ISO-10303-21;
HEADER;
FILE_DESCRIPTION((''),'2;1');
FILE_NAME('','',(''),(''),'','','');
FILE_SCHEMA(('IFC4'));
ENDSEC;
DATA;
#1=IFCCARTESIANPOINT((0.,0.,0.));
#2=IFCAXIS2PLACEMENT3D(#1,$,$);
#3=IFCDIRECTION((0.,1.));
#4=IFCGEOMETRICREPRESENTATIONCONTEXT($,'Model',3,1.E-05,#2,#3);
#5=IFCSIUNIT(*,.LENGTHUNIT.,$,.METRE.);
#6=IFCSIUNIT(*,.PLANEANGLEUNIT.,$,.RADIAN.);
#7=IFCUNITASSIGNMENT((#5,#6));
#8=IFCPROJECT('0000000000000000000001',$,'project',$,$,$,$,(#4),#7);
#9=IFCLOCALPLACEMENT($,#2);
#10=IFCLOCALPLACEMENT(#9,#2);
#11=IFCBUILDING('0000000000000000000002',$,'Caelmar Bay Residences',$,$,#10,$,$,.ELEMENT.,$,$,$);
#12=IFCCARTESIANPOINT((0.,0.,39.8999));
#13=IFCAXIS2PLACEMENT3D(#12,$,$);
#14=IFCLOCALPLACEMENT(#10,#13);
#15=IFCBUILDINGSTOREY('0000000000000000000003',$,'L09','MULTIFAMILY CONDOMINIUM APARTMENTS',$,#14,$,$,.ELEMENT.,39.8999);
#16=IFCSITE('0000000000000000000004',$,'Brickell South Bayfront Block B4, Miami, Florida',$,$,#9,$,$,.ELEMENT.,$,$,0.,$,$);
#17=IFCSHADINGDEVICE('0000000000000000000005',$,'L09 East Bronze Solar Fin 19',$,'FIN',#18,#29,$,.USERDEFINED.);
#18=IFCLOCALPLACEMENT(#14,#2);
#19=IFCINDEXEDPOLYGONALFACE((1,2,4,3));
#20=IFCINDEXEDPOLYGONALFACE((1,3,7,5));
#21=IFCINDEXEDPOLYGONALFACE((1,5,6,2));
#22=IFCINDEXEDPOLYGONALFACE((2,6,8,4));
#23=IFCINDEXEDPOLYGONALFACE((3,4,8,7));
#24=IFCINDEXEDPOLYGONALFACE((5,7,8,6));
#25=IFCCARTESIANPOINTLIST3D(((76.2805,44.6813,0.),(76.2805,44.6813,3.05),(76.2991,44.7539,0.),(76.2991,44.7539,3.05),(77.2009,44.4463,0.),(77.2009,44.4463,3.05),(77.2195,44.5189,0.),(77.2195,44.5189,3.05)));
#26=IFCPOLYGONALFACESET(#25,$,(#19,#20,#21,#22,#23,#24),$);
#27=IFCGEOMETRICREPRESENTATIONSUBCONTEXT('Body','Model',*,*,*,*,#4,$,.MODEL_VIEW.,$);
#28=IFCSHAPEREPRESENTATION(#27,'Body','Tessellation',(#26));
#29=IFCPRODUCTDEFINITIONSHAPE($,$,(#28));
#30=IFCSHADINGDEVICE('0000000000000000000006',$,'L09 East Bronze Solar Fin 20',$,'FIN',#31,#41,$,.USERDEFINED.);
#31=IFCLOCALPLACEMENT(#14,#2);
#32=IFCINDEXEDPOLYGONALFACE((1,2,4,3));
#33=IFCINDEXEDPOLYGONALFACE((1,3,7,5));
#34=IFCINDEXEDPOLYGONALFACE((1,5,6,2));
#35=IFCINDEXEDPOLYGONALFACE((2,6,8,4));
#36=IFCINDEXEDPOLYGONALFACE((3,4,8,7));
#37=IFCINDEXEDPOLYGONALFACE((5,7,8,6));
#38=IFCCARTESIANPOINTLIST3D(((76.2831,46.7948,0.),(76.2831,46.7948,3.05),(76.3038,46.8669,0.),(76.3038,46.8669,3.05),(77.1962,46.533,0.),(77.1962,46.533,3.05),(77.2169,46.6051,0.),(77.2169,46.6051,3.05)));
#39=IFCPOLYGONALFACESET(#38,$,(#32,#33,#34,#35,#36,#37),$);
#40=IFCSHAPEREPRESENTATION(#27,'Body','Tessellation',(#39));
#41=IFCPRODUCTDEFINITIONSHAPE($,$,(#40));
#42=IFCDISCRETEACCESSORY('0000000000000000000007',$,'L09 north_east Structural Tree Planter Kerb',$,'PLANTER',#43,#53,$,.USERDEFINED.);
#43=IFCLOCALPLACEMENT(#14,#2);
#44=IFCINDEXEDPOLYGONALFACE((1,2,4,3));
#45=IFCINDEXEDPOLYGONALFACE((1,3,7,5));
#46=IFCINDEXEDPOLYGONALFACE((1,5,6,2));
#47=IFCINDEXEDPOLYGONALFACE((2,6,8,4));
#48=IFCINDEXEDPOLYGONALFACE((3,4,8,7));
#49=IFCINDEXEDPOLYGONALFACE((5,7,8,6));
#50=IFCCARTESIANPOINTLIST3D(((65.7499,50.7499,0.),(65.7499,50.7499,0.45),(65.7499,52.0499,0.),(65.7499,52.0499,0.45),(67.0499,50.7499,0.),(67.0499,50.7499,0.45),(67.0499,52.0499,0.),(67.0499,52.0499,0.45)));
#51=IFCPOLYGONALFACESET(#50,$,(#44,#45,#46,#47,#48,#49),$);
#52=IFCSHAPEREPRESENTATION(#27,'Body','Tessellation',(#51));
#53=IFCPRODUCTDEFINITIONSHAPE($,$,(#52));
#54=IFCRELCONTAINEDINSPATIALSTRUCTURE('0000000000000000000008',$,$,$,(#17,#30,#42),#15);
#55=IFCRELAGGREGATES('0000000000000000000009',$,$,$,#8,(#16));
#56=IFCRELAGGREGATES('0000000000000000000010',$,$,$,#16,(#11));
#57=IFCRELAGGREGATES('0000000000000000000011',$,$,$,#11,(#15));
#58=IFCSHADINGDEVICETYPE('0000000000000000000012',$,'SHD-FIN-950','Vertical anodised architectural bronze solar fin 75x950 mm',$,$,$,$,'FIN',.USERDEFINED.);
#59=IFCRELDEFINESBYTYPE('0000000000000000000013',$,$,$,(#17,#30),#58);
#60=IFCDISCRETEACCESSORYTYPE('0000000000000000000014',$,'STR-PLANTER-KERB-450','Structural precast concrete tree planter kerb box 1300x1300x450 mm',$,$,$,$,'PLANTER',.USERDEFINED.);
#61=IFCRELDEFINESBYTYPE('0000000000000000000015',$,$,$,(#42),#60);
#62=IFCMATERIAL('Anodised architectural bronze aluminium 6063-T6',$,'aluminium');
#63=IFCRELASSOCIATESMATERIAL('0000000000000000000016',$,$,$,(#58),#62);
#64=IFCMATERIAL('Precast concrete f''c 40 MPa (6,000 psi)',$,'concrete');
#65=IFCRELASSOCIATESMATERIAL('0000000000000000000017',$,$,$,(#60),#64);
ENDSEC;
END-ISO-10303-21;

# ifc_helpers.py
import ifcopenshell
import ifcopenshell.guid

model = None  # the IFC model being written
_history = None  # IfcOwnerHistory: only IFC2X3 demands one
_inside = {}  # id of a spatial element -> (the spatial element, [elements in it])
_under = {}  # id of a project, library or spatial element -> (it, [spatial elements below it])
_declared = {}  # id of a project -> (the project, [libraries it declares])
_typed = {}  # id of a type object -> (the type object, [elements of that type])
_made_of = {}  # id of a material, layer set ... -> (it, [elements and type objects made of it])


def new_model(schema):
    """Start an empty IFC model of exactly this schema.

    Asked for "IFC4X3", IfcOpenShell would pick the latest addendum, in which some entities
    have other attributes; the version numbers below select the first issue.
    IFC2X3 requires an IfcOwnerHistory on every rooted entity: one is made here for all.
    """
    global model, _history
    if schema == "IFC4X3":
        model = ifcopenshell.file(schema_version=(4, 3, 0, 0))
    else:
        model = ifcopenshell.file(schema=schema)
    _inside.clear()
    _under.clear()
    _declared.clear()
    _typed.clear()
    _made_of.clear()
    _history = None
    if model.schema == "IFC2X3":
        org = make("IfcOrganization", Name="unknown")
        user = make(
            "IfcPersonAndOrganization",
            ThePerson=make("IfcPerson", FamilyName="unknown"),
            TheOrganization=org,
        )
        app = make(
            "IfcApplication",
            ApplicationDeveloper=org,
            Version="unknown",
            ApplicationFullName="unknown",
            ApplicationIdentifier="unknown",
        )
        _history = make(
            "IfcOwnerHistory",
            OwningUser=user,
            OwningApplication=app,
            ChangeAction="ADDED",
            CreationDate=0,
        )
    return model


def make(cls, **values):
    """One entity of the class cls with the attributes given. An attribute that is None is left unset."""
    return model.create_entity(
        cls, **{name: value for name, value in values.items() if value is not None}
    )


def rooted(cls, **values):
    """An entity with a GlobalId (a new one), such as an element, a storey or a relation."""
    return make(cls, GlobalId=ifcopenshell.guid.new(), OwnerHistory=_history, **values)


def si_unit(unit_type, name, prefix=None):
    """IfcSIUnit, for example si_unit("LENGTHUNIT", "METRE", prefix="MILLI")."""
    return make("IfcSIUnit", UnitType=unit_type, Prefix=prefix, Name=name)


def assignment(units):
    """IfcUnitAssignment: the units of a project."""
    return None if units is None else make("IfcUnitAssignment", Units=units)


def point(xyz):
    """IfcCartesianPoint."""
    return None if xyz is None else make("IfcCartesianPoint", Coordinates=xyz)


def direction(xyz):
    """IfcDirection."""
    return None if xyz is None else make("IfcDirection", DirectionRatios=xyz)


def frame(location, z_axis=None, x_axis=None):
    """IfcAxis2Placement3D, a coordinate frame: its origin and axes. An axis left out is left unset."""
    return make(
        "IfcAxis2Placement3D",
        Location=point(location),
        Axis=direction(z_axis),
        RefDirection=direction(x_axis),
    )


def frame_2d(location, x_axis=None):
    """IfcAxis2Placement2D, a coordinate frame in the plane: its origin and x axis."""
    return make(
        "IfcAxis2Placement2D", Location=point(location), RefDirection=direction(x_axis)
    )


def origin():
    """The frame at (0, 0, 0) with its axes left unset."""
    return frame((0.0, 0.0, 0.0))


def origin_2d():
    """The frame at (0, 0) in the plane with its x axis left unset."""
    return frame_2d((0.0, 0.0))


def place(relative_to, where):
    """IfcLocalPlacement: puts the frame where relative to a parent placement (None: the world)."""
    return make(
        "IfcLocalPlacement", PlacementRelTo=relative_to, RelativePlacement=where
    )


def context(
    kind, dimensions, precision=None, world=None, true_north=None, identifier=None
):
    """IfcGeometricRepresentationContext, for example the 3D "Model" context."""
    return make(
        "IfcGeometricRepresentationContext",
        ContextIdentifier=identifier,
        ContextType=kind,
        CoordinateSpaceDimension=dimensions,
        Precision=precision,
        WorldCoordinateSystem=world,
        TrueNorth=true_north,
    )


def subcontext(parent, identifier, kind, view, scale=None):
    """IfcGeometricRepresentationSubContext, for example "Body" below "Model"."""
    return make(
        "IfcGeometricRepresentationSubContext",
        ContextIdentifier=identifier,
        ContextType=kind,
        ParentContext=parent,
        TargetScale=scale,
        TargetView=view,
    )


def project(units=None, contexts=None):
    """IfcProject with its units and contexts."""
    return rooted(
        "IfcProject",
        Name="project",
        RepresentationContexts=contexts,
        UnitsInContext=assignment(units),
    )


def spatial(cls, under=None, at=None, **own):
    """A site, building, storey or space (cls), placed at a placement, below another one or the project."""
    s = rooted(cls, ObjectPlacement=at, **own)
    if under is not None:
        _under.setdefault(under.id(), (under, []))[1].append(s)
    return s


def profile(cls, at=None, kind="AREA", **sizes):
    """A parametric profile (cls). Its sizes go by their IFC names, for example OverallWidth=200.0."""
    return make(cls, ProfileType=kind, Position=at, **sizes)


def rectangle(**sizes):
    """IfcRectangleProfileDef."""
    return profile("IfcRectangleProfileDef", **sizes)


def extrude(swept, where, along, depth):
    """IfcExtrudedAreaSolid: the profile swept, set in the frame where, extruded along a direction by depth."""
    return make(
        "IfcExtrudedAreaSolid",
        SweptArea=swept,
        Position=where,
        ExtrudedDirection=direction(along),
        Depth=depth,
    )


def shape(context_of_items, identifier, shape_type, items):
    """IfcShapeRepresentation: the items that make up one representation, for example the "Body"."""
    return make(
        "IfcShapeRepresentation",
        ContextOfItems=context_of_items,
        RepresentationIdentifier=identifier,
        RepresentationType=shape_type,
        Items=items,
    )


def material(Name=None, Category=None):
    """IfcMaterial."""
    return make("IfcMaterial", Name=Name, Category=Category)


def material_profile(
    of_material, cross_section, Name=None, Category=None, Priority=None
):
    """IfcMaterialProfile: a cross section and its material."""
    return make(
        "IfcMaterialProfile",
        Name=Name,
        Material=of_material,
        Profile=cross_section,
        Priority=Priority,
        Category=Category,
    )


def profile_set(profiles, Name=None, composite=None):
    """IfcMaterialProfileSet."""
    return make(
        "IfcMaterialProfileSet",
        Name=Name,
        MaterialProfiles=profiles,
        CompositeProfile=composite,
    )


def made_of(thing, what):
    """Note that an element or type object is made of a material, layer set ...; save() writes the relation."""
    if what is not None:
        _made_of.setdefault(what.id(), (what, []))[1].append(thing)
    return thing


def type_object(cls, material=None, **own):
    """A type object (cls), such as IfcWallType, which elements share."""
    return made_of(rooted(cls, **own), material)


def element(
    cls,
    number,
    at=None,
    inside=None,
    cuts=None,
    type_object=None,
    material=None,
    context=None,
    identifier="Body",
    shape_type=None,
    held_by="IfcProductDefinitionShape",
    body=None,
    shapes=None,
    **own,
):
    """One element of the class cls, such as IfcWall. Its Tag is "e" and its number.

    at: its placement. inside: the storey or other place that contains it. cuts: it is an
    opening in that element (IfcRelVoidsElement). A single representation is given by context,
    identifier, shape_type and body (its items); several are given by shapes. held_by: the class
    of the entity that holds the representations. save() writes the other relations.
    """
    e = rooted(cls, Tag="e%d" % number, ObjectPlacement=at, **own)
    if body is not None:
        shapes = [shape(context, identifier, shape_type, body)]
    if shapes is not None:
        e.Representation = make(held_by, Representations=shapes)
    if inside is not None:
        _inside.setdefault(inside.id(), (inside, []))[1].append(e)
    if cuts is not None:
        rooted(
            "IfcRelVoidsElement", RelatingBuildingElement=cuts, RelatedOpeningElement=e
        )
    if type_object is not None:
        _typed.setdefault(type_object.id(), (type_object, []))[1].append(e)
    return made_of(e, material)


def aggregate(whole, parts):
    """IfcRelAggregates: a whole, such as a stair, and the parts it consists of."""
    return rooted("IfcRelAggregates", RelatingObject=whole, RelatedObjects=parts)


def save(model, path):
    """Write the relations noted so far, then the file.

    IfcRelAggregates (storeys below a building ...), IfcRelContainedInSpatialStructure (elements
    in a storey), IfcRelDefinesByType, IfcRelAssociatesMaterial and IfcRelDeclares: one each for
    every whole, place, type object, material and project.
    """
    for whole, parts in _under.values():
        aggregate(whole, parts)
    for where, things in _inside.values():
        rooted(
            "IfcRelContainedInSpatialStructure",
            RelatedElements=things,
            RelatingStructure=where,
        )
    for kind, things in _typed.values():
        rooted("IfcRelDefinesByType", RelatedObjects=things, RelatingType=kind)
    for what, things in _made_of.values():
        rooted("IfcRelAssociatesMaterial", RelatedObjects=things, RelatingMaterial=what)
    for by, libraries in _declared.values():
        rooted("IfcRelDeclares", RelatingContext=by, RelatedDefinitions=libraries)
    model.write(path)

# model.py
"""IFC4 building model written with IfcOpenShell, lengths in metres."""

from ifc_helpers import new_model, si_unit, direction, frame, origin, origin_2d, place, context, subcontext, project, spatial, rectangle, extrude, material, material_profile, profile_set, type_object, element, save


model = new_model("IFC4")

# Units and contexts
model_context = context("Model", 3, precision=1e-05, world=origin(), true_north=direction((0.0, 1.0)))
body_context = subcontext(model_context, "Body", "Model", "MODEL_VIEW")
ifc_project = project(units=[si_unit("LENGTHUNIT", "METRE"), si_unit("PLANEANGLEUNIT", "RADIAN")], contexts=[model_context])

# Site, building, storey
site_placement = place(None, origin())
site = spatial("IfcSite", under=ifc_project, at=site_placement, Name="Brickell South Bayfront Block B4, Miami, Florida", CompositionType="ELEMENT", RefElevation=0.0)
building_placement = place(site_placement, origin())
building = spatial("IfcBuilding", under=site, at=building_placement, Name="Caelmar Bay Residences", CompositionType="ELEMENT")
storey_placement = place(building_placement, frame((0.0, 0.0, 39.8999)))
storey = spatial("IfcBuildingStorey", under=building, at=storey_placement, Name="L09", Description="MULTIFAMILY CONDOMINIUM APARTMENTS", CompositionType="ELEMENT", Elevation=39.8999)

# Shared definitions
ifc_material_1 = material(Name="Precast concrete f'c 40 MPa (6,000 psi)", Category="concrete")

# Shading devices
ifc_material_2 = material(Name="Anodised architectural bronze aluminium 6063-T6", Category="aluminium")
ifc_material_profile_1 = material_profile(ifc_material_2, rectangle(XDim=0.075, YDim=0.95, at=origin_2d()), Name="BRONZE-FIN-75X950")
ifc_profile_set_1 = profile_set([ifc_material_profile_1], Name="Anodised architectural bronze aluminium 6063-T6")
shading_device_type = type_object("IfcShadingDeviceType", Name="SHD-FIN-950", Description="Vertical anodised architectural bronze solar fin 75x950 mm", ElementType="FIN", PredefinedType="USERDEFINED", material=ifc_profile_set_1)
for number, where, z_axis, x_axis, name in (
    (1, (76.75, 44.6001, 0.0), (0.0, 0.0, 1.0), (0.247337, 0.968929, 0.0), "L09 East Bronze Solar Fin 19"),
    (2, (76.75, 46.7, 0.0), (0.0, 0.0, 1.0), (0.275637, 0.961262, 0.0), "L09 East Bronze Solar Fin 20"),
):
    element("IfcShadingDevice", number, at=place(storey_placement, frame(where, z_axis=z_axis, x_axis=x_axis)), inside=storey, type_object=shading_device_type, Name=name, ObjectType="FIN", PredefinedType="USERDEFINED", context=body_context, shape_type="SweptSolid", body=[
        extrude(rectangle(XDim=0.075, YDim=0.95, at=origin_2d()), origin(), (0.0, 0.0, 1.0), 3.05),
    ])

# Discrete accessory
discrete_accessory_type = type_object("IfcDiscreteAccessoryType", Name="STR-PLANTER-KERB-450", Description="Structural precast concrete tree planter kerb box 1300x1300x450 mm", ElementType="PLANTER", PredefinedType="USERDEFINED", material=ifc_material_1)
discrete_accessory_placement = place(storey_placement, frame((66.3999, 51.3999, 0.0), z_axis=(0.0, 0.0, 1.0), x_axis=(1.0, 0.0, 0.0)))
element("IfcDiscreteAccessory", 3, at=discrete_accessory_placement, inside=storey, type_object=discrete_accessory_type, Name="L09 north_east Structural Tree Planter Kerb", ObjectType="PLANTER", PredefinedType="USERDEFINED", context=body_context, shape_type="SweptSolid", body=[
    extrude(rectangle(XDim=1.3, YDim=1.3, at=origin_2d()), origin(), (0.0, 0.0, 1.0), 0.45),
])

save(model, "model.ifc")
